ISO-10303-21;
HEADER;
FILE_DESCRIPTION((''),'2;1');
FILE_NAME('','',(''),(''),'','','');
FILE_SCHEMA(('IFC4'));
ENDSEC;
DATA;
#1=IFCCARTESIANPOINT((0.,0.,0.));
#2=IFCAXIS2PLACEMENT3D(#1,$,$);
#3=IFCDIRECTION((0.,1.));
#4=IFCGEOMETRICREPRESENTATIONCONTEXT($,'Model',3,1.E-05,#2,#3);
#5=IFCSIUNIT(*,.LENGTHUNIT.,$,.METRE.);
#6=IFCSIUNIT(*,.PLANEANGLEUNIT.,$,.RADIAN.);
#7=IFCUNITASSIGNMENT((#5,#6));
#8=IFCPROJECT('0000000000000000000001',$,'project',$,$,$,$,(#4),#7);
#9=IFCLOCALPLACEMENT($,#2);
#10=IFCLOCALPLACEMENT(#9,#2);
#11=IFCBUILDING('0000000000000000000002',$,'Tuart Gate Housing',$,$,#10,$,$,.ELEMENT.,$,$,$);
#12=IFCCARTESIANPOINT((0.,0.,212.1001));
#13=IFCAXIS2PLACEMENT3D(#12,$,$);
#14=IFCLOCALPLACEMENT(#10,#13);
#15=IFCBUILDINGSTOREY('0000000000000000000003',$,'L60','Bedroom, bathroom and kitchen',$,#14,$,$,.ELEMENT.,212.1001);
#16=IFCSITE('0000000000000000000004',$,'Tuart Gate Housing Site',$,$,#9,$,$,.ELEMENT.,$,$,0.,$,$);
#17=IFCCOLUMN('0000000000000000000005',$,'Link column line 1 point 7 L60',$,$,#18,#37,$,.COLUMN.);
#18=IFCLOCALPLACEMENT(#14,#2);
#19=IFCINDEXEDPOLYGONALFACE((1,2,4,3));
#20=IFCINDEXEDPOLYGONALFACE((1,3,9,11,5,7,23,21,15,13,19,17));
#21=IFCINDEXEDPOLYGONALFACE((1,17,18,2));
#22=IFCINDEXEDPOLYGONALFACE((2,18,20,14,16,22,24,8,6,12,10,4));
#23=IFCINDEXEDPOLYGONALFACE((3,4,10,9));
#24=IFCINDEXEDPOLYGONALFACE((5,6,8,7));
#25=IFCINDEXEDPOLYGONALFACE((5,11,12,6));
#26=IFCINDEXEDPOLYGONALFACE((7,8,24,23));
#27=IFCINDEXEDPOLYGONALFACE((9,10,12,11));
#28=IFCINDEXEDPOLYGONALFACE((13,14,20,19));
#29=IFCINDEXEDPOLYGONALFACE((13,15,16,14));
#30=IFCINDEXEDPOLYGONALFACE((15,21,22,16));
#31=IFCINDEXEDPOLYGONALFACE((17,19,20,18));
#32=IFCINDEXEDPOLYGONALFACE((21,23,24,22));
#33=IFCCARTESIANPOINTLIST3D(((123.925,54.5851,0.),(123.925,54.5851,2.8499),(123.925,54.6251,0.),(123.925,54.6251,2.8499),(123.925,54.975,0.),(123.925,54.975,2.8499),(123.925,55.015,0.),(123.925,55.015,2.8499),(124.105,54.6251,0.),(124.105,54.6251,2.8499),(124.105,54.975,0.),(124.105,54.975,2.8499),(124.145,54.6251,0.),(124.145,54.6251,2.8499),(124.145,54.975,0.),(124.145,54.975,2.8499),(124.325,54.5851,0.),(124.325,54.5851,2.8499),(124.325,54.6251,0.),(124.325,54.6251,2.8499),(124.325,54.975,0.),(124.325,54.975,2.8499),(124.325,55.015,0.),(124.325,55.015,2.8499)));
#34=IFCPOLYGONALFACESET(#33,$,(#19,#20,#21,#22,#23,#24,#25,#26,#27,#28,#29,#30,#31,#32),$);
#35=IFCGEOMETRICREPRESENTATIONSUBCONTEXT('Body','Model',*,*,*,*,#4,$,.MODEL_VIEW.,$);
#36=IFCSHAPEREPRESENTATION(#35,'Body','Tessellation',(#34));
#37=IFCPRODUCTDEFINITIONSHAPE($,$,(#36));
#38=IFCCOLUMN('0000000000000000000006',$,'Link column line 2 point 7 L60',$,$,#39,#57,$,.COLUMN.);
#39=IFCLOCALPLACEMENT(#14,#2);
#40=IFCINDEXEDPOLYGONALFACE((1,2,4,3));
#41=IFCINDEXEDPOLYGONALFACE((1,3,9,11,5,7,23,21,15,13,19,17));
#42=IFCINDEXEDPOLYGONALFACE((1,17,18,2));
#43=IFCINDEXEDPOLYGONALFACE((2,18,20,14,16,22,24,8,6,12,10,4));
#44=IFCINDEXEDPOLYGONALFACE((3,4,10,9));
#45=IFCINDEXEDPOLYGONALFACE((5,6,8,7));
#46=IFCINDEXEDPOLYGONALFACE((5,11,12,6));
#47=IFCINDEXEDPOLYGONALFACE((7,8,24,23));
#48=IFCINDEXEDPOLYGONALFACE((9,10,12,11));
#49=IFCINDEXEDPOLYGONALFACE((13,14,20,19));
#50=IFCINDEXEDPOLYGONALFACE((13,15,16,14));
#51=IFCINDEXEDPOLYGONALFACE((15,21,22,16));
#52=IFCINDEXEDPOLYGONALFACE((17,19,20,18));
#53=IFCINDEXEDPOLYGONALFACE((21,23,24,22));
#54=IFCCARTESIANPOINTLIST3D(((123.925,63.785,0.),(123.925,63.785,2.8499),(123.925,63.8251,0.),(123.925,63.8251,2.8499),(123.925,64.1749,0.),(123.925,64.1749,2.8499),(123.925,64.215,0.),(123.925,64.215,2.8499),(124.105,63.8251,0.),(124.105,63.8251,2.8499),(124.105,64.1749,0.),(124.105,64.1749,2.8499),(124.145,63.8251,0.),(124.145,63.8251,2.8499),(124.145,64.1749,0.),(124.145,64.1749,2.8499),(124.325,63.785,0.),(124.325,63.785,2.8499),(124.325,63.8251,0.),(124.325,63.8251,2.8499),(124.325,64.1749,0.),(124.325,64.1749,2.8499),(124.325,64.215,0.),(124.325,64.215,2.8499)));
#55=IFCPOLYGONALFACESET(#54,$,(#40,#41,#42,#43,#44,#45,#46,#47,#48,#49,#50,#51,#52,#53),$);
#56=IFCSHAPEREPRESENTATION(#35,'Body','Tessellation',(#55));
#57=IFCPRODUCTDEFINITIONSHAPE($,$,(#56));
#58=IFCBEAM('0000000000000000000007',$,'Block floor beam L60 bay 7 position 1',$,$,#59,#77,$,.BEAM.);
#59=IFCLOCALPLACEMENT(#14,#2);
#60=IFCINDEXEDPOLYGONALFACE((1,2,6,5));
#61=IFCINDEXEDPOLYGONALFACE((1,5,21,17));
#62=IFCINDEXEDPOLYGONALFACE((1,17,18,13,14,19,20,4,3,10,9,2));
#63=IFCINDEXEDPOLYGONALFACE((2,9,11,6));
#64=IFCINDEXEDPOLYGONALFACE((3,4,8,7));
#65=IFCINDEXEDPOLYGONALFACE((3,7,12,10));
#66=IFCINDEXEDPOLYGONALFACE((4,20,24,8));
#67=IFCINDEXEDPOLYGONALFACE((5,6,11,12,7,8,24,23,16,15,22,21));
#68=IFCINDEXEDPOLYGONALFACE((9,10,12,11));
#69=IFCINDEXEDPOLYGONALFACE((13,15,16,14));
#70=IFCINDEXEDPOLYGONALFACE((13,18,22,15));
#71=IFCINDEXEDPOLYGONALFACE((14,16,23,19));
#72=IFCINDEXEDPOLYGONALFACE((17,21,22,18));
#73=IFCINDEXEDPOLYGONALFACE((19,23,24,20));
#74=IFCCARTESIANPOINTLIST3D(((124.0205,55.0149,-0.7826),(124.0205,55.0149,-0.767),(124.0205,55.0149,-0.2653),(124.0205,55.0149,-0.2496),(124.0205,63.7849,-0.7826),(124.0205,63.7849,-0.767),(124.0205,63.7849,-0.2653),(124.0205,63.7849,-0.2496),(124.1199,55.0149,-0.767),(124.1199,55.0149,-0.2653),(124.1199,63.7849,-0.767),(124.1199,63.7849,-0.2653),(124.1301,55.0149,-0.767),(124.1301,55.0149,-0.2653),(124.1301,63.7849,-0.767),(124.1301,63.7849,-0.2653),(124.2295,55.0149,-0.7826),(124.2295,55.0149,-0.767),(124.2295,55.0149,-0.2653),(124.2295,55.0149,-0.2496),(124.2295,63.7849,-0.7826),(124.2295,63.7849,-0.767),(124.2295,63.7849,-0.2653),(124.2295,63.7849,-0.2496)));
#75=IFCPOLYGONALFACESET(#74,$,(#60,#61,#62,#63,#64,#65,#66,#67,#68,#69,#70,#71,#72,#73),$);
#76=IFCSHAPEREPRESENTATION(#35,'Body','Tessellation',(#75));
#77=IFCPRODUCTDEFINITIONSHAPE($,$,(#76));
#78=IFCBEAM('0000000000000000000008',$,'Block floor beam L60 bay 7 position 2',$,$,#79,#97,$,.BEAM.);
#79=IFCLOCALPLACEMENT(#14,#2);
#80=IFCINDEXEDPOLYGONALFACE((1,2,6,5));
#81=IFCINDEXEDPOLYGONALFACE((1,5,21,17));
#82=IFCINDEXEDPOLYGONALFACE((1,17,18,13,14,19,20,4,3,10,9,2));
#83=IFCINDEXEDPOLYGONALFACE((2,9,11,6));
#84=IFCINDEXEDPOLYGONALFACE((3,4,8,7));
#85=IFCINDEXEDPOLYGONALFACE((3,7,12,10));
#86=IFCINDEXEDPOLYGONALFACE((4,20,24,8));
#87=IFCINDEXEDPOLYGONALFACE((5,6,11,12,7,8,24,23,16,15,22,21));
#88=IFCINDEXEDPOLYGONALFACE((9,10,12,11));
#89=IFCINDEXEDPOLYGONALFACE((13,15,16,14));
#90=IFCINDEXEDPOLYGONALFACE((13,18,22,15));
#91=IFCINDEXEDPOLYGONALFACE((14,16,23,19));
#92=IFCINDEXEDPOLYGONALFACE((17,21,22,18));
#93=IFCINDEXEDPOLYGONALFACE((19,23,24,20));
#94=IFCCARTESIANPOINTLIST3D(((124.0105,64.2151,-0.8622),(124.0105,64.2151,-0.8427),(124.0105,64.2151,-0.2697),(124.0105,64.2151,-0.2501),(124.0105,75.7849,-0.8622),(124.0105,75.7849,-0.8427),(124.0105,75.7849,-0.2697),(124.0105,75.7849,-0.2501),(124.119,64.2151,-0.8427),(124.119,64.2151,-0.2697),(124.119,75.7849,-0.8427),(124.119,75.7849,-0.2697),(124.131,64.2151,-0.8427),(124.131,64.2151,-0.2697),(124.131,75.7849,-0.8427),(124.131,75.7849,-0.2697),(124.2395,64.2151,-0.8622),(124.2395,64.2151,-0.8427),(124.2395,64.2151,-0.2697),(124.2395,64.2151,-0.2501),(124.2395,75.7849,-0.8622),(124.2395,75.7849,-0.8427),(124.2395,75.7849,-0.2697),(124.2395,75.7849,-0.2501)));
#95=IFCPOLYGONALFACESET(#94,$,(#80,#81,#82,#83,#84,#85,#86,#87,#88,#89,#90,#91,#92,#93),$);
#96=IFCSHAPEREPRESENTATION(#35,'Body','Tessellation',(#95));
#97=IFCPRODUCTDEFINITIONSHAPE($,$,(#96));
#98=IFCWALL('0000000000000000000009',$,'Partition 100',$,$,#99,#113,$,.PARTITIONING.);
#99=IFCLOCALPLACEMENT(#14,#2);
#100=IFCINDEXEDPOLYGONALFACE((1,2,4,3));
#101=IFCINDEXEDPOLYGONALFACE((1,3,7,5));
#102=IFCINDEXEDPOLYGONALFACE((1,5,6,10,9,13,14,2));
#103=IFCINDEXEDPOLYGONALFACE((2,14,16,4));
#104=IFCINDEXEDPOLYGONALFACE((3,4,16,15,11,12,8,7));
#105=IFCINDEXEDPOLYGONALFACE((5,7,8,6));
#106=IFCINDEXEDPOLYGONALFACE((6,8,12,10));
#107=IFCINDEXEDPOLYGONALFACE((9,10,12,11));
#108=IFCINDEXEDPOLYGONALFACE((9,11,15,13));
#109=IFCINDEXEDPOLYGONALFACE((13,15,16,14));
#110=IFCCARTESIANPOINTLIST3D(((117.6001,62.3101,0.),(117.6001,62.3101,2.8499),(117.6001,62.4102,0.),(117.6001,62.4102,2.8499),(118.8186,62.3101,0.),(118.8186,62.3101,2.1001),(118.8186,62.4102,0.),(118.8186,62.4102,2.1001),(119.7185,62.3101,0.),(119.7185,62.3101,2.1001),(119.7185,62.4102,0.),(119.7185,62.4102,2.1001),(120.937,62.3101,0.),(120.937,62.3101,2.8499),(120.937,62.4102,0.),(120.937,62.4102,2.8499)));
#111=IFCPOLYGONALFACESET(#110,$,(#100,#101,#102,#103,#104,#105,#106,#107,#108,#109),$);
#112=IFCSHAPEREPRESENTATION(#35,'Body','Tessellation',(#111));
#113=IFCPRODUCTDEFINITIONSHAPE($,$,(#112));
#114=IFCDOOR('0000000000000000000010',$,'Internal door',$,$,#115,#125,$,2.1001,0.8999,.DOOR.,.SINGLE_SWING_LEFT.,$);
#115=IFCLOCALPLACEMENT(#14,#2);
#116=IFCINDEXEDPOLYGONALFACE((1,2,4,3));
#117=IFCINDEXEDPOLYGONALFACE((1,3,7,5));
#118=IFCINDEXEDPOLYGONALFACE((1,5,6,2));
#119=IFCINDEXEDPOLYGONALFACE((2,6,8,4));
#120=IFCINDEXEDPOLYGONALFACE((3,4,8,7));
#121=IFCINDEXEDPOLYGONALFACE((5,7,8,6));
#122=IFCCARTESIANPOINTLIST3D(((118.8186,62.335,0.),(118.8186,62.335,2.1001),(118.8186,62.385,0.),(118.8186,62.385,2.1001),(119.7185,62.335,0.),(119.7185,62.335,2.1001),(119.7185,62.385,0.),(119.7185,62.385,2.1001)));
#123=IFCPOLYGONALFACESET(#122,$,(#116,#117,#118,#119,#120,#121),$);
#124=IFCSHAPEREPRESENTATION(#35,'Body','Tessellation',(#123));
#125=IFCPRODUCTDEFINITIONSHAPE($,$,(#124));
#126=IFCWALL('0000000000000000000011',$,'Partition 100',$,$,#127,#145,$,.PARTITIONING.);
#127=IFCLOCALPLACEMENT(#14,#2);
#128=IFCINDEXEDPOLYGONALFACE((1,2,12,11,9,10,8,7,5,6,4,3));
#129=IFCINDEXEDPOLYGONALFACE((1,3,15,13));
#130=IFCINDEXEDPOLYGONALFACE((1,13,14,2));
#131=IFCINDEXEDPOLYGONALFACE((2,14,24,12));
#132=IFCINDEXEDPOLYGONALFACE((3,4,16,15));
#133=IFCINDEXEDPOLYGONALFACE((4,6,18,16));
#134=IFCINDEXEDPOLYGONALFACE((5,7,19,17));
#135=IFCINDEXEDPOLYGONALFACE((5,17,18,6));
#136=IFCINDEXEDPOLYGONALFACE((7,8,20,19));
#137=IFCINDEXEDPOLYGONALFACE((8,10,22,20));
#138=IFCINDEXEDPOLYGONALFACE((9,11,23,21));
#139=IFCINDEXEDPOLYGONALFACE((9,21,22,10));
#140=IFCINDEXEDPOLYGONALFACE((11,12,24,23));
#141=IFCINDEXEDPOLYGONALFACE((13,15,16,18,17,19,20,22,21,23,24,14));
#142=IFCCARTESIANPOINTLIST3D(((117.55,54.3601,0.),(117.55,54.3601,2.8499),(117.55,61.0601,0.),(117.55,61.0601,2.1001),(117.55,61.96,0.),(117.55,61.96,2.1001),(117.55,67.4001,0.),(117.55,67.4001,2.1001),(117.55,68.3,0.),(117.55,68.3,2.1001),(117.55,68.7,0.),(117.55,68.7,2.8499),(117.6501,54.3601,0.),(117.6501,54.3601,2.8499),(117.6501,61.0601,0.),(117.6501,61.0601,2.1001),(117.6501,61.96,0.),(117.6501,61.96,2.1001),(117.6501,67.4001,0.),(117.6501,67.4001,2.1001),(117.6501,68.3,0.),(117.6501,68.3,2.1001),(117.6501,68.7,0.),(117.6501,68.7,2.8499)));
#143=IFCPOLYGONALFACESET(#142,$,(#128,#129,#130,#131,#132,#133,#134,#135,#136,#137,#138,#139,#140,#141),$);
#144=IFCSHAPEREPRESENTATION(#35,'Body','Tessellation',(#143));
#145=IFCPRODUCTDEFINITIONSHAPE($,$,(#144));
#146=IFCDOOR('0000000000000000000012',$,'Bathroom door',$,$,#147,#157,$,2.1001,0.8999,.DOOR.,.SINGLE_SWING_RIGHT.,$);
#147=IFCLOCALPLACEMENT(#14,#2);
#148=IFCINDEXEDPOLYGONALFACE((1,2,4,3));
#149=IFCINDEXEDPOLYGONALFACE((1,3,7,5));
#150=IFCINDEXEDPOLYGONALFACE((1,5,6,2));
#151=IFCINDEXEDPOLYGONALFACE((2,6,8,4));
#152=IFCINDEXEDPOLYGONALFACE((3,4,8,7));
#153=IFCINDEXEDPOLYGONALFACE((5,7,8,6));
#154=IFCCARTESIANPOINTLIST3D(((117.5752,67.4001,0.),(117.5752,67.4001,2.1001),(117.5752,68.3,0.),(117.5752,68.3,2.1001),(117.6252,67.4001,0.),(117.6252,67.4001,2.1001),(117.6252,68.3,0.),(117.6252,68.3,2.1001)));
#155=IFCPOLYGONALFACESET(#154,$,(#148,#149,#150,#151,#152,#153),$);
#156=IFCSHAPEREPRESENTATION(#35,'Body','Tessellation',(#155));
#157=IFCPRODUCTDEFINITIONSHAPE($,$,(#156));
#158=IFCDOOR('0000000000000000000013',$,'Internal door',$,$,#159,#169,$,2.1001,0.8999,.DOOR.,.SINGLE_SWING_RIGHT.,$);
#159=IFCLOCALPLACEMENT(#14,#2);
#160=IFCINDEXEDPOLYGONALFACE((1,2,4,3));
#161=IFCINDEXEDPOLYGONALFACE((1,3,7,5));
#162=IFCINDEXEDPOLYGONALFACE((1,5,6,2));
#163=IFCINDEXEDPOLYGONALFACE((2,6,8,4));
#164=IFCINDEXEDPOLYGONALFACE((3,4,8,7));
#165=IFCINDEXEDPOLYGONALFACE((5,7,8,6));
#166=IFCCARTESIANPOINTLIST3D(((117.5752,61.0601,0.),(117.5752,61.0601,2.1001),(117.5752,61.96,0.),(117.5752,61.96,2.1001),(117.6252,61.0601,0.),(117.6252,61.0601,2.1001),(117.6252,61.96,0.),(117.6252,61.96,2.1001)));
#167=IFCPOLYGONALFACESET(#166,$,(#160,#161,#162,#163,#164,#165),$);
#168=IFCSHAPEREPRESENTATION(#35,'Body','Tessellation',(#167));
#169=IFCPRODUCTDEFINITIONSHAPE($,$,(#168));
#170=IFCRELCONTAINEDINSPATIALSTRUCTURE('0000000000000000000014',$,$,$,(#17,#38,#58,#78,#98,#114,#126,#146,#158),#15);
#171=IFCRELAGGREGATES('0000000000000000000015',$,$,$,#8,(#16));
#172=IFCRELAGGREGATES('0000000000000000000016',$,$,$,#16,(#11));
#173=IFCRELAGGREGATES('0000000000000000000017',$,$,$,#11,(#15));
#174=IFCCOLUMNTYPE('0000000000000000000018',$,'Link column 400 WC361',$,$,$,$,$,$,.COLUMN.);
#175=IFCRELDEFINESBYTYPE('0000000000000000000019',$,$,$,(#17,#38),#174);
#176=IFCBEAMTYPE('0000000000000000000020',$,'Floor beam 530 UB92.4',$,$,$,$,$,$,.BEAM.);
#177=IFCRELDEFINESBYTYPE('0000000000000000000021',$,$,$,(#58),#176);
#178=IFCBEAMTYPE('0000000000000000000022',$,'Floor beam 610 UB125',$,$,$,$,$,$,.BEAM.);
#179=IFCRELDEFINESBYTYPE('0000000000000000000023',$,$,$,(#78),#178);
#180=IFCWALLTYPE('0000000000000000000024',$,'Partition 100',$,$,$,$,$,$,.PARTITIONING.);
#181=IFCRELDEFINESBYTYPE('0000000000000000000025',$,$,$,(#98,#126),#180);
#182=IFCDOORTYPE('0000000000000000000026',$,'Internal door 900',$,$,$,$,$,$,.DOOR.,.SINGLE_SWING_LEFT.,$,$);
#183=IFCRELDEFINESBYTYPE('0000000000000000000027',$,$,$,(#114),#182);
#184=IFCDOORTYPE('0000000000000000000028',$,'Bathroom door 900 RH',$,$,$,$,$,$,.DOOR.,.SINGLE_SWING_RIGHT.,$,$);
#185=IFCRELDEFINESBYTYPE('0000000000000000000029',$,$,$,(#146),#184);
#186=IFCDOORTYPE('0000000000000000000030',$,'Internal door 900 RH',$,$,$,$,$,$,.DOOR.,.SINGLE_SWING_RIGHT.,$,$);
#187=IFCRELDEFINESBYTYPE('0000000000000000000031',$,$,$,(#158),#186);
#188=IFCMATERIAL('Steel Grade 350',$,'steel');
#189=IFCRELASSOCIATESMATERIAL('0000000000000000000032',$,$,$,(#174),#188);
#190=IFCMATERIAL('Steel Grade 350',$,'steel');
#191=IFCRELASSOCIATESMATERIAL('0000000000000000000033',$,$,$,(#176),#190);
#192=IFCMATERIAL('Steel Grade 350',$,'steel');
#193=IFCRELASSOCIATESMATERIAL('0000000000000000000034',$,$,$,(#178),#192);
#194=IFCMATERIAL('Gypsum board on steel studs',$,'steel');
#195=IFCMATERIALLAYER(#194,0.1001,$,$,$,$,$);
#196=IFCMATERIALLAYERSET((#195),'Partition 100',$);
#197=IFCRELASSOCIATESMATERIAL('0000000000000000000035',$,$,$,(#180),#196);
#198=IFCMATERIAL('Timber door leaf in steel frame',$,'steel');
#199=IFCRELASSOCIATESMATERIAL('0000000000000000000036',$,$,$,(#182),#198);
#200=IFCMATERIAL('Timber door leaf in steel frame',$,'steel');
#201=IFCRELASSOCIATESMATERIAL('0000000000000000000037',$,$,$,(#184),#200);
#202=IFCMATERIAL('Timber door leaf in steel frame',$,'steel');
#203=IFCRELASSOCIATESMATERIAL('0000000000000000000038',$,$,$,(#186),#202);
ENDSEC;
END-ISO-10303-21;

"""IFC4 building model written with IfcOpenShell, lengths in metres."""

from ifc_helpers import new_model, si_unit, direction, frame, frame_2d, origin, origin_2d, place, context, subcontext, project, spatial, rectangle, i_section, extrude, material, layer, layer_set, material_profile, profile_set, type_object, element, fill, save


model = new_model("IFC4")

# Units and contexts
model_context = context("Model", 3, precision=1e-05, world=origin(), true_north=direction((0.0, 1.0)))
body_context = subcontext(model_context, "Body", "Model", "MODEL_VIEW")
ifc_project = project(units=[si_unit("LENGTHUNIT", "METRE"), si_unit("PLANEANGLEUNIT", "RADIAN")], contexts=[model_context])

# Site, building, storey
site_placement = place(None, origin())
site = spatial("IfcSite", under=ifc_project, at=site_placement, Name="Tuart Gate Housing Site", CompositionType="ELEMENT", RefElevation=0.0)
building_placement = place(site_placement, origin())
building = spatial("IfcBuilding", under=site, at=building_placement, Name="Tuart Gate Housing", CompositionType="ELEMENT")
storey_placement = place(building_placement, frame((0.0, 0.0, 212.1001)))
storey = spatial("IfcBuildingStorey", under=building, at=storey_placement, Name="L60", Description="Bedroom, bathroom and kitchen", CompositionType="ELEMENT", Elevation=212.1001)

# Columns
ifc_material_1 = material(Name="Steel Grade 350", Category="steel")
ifc_material_profile_1 = material_profile(ifc_material_1, i_section(OverallWidth=0.3999, OverallDepth=0.4299, WebThickness=0.04, FlangeThickness=0.04, at=origin_2d()), Name="400WC361")
ifc_profile_set_1 = profile_set([ifc_material_profile_1], Name="Steel Grade 350")
column_type = type_object("IfcColumnType", Name="Link column 400 WC361", PredefinedType="COLUMN", material=ifc_profile_set_1)
for number, where, z_axis, x_axis, name in (
    (1, (124.125, 54.8, 0.0), (0.0, 0.0, 1.0), (1.0, 0.0, 0.0), "Link column line 1 point 7 L60"),
    (2, (124.125, 64.0, 0.0), (0.0, 0.0, 1.0), (1.0, 0.0, 0.0), "Link column line 2 point 7 L60"),
):
    element("IfcColumn", number, at=place(storey_placement, frame(where, z_axis=z_axis, x_axis=x_axis)), inside=storey, type_object=column_type, Name=name, PredefinedType="COLUMN", context=body_context, shape_type="SweptSolid", body=[
        extrude(i_section(OverallWidth=0.3999, OverallDepth=0.4299, WebThickness=0.04, FlangeThickness=0.04, at=origin_2d()), origin(), (0.0, 0.0, 1.0), 2.8499),
    ])

# Beams
ifc_material_2 = material(Name="Steel Grade 350", Category="steel")
ifc_material_profile_2 = material_profile(ifc_material_2, i_section(OverallWidth=0.209, OverallDepth=0.533, WebThickness=0.0103, FlangeThickness=0.0156, at=origin_2d()), Name="530UB92.4")
ifc_profile_set_2 = profile_set([ifc_material_profile_2], Name="Steel Grade 350")
beam_type_1 = type_object("IfcBeamType", Name="Floor beam 530 UB92.4", PredefinedType="BEAM", material=ifc_profile_set_2)
beam_1_placement = place(storey_placement, frame((124.125, 55.0149, -0.5161), z_axis=(0.0, 1.0, 0.0), x_axis=(-1.0, 0.0, 0.0)))
element("IfcBeam", 3, at=beam_1_placement, inside=storey, type_object=beam_type_1, Name="Block floor beam L60 bay 7 position 1", PredefinedType="BEAM", context=body_context, shape_type="SweptSolid", body=[
    extrude(i_section(OverallWidth=0.209, OverallDepth=0.533, WebThickness=0.0103, FlangeThickness=0.0156, at=origin_2d()), origin(), (0.0, 0.0, 1.0), 8.77),
])
ifc_material_3 = material(Name="Steel Grade 350", Category="steel")
ifc_material_profile_3 = material_profile(ifc_material_3, i_section(OverallWidth=0.229, OverallDepth=0.6121, WebThickness=0.012, FlangeThickness=0.0195, at=origin_2d()), Name="610UB125")
ifc_profile_set_3 = profile_set([ifc_material_profile_3], Name="Steel Grade 350")
beam_type_2 = type_object("IfcBeamType", Name="Floor beam 610 UB125", PredefinedType="BEAM", material=ifc_profile_set_3)
beam_2_placement = place(storey_placement, frame((124.125, 64.2151, -0.5562), z_axis=(0.0, 1.0, 0.0), x_axis=(-1.0, 0.0, 0.0)))
element("IfcBeam", 4, at=beam_2_placement, inside=storey, type_object=beam_type_2, Name="Block floor beam L60 bay 7 position 2", PredefinedType="BEAM", context=body_context, shape_type="SweptSolid", body=[
    extrude(i_section(OverallWidth=0.229, OverallDepth=0.6121, WebThickness=0.012, FlangeThickness=0.0195, at=origin_2d()), origin(), (0.0, 0.0, 1.0), 11.5698),
])

# Wall, opening, door
ifc_material_4 = material(Name="Gypsum board on steel studs", Category="steel")
ifc_layer_1 = layer(ifc_material_4, 0.1001)
ifc_layer_set_1 = layer_set([ifc_layer_1], Name="Partition 100")
wall_type_1 = type_object("IfcWallType", Name="Partition 100", PredefinedType="PARTITIONING", material=ifc_layer_set_1)
wall_1_placement = place(storey_placement, frame((117.6001, 62.3601, 0.0), z_axis=(0.0, 0.0, 1.0), x_axis=(1.0, 0.0, 0.0)))
wall_1 = element("IfcWall", 5, at=wall_1_placement, inside=storey, type_object=wall_type_1, Name="Partition 100", PredefinedType="PARTITIONING", context=body_context, shape_type="SweptSolid", body=[
    extrude(rectangle(XDim=3.3369, YDim=0.1001, at=frame_2d((1.6685, 0.0))), origin(), (0.0, 0.0, 1.0), 2.8499),
])
opening_1_placement = place(wall_1_placement, frame((1.2185, 0.0, 0.0)))
opening_1 = element("IfcOpeningElement", 6, at=opening_1_placement, cuts=wall_1, PredefinedType="OPENING", context=body_context, shape_type="SweptSolid", body=[
    extrude(rectangle(XDim=0.8999, YDim=2.1001, at=frame_2d((0.45, 1.05))), frame((0.0, 0.0601, 0.0), z_axis=(0.0, -1.0, 0.0), x_axis=(1.0, 0.0, 0.0)), (0.0, 0.0, 1.0), 0.1201),
])
ifc_material_5 = material(Name="Timber door leaf in steel frame", Category="steel")
door_type_1 = type_object("IfcDoorType", Name="Internal door 900", OperationType="SINGLE_SWING_LEFT", PredefinedType="DOOR", material=ifc_material_5)
door_1_placement = place(opening_1_placement, origin())
door_1 = element("IfcDoor", 7, at=door_1_placement, inside=storey, type_object=door_type_1, Name="Internal door", OperationType="SINGLE_SWING_LEFT", OverallHeight=2.1001, OverallWidth=0.8999, PredefinedType="DOOR", context=body_context, shape_type="SweptSolid", body=[
    extrude(rectangle(XDim=0.8999, YDim=2.1001, at=frame_2d((0.45, 1.05))), frame((0.0, 0.0249, 0.0), z_axis=(0.0, -1.0, 0.0), x_axis=(1.0, 0.0, 0.0)), (0.0, 0.0, 1.0), 0.05),
])
fill(opening_1, door_1)

# Wall, openings, doors
wall_2_placement = place(storey_placement, frame((117.6001, 54.3601, 0.0), z_axis=(0.0, 0.0, 1.0), x_axis=(0.0, 1.0, 0.0)))
wall_2 = element("IfcWall", 8, at=wall_2_placement, inside=storey, type_object=wall_type_1, Name="Partition 100", PredefinedType="PARTITIONING", context=body_context, shape_type="SweptSolid", body=[
    extrude(rectangle(XDim=14.3398, YDim=0.1001, at=frame_2d((7.1699, 0.0))), origin(), (0.0, 0.0, 1.0), 2.8499),
])
opening_2_placement = place(wall_2_placement, frame((6.7, 0.0, 0.0)))
opening_2 = element("IfcOpeningElement", 9, at=opening_2_placement, cuts=wall_2, PredefinedType="OPENING", context=body_context, shape_type="SweptSolid", body=[
    extrude(rectangle(XDim=0.8999, YDim=2.1001, at=frame_2d((0.45, 1.05))), frame((0.0, 0.0601, 0.0), z_axis=(0.0, -1.0, 0.0), x_axis=(1.0, 0.0, 0.0)), (0.0, 0.0, 1.0), 0.1201),
])
opening_3_placement = place(wall_2_placement, frame((13.04, 0.0, 0.0)))
opening_3 = element("IfcOpeningElement", 10, at=opening_3_placement, cuts=wall_2, PredefinedType="OPENING", context=body_context, shape_type="SweptSolid", body=[
    extrude(rectangle(XDim=0.8999, YDim=2.1001, at=frame_2d((0.45, 1.05))), frame((0.0, 0.0601, 0.0), z_axis=(0.0, -1.0, 0.0), x_axis=(1.0, 0.0, 0.0)), (0.0, 0.0, 1.0), 0.1201),
])
ifc_material_6 = material(Name="Timber door leaf in steel frame", Category="steel")
door_type_2 = type_object("IfcDoorType", Name="Bathroom door 900 RH", OperationType="SINGLE_SWING_RIGHT", PredefinedType="DOOR", material=ifc_material_6)
door_2_placement = place(opening_3_placement, origin())
door_2 = element("IfcDoor", 11, at=door_2_placement, inside=storey, type_object=door_type_2, Name="Bathroom door", OperationType="SINGLE_SWING_RIGHT", OverallHeight=2.1001, OverallWidth=0.8999, PredefinedType="DOOR", context=body_context, shape_type="SweptSolid", body=[
    extrude(rectangle(XDim=0.8999, YDim=2.1001, at=frame_2d((0.45, 1.05))), frame((0.0, 0.0249, 0.0), z_axis=(0.0, -1.0, 0.0), x_axis=(1.0, 0.0, 0.0)), (0.0, 0.0, 1.0), 0.05),
])
fill(opening_3, door_2)
ifc_material_7 = material(Name="Timber door leaf in steel frame", Category="steel")
door_type_3 = type_object("IfcDoorType", Name="Internal door 900 RH", OperationType="SINGLE_SWING_RIGHT", PredefinedType="DOOR", material=ifc_material_7)
door_3_placement = place(opening_2_placement, origin())
door_3 = element("IfcDoor", 12, at=door_3_placement, inside=storey, type_object=door_type_3, Name="Internal door", OperationType="SINGLE_SWING_RIGHT", OverallHeight=2.1001, OverallWidth=0.8999, PredefinedType="DOOR", context=body_context, shape_type="SweptSolid", body=[
    extrude(rectangle(XDim=0.8999, YDim=2.1001, at=frame_2d((0.45, 1.05))), frame((0.0, 0.0249, 0.0), z_axis=(0.0, -1.0, 0.0), x_axis=(1.0, 0.0, 0.0)), (0.0, 0.0, 1.0), 0.05),
])
fill(opening_2, door_3)

save(model, "model.ifc")
